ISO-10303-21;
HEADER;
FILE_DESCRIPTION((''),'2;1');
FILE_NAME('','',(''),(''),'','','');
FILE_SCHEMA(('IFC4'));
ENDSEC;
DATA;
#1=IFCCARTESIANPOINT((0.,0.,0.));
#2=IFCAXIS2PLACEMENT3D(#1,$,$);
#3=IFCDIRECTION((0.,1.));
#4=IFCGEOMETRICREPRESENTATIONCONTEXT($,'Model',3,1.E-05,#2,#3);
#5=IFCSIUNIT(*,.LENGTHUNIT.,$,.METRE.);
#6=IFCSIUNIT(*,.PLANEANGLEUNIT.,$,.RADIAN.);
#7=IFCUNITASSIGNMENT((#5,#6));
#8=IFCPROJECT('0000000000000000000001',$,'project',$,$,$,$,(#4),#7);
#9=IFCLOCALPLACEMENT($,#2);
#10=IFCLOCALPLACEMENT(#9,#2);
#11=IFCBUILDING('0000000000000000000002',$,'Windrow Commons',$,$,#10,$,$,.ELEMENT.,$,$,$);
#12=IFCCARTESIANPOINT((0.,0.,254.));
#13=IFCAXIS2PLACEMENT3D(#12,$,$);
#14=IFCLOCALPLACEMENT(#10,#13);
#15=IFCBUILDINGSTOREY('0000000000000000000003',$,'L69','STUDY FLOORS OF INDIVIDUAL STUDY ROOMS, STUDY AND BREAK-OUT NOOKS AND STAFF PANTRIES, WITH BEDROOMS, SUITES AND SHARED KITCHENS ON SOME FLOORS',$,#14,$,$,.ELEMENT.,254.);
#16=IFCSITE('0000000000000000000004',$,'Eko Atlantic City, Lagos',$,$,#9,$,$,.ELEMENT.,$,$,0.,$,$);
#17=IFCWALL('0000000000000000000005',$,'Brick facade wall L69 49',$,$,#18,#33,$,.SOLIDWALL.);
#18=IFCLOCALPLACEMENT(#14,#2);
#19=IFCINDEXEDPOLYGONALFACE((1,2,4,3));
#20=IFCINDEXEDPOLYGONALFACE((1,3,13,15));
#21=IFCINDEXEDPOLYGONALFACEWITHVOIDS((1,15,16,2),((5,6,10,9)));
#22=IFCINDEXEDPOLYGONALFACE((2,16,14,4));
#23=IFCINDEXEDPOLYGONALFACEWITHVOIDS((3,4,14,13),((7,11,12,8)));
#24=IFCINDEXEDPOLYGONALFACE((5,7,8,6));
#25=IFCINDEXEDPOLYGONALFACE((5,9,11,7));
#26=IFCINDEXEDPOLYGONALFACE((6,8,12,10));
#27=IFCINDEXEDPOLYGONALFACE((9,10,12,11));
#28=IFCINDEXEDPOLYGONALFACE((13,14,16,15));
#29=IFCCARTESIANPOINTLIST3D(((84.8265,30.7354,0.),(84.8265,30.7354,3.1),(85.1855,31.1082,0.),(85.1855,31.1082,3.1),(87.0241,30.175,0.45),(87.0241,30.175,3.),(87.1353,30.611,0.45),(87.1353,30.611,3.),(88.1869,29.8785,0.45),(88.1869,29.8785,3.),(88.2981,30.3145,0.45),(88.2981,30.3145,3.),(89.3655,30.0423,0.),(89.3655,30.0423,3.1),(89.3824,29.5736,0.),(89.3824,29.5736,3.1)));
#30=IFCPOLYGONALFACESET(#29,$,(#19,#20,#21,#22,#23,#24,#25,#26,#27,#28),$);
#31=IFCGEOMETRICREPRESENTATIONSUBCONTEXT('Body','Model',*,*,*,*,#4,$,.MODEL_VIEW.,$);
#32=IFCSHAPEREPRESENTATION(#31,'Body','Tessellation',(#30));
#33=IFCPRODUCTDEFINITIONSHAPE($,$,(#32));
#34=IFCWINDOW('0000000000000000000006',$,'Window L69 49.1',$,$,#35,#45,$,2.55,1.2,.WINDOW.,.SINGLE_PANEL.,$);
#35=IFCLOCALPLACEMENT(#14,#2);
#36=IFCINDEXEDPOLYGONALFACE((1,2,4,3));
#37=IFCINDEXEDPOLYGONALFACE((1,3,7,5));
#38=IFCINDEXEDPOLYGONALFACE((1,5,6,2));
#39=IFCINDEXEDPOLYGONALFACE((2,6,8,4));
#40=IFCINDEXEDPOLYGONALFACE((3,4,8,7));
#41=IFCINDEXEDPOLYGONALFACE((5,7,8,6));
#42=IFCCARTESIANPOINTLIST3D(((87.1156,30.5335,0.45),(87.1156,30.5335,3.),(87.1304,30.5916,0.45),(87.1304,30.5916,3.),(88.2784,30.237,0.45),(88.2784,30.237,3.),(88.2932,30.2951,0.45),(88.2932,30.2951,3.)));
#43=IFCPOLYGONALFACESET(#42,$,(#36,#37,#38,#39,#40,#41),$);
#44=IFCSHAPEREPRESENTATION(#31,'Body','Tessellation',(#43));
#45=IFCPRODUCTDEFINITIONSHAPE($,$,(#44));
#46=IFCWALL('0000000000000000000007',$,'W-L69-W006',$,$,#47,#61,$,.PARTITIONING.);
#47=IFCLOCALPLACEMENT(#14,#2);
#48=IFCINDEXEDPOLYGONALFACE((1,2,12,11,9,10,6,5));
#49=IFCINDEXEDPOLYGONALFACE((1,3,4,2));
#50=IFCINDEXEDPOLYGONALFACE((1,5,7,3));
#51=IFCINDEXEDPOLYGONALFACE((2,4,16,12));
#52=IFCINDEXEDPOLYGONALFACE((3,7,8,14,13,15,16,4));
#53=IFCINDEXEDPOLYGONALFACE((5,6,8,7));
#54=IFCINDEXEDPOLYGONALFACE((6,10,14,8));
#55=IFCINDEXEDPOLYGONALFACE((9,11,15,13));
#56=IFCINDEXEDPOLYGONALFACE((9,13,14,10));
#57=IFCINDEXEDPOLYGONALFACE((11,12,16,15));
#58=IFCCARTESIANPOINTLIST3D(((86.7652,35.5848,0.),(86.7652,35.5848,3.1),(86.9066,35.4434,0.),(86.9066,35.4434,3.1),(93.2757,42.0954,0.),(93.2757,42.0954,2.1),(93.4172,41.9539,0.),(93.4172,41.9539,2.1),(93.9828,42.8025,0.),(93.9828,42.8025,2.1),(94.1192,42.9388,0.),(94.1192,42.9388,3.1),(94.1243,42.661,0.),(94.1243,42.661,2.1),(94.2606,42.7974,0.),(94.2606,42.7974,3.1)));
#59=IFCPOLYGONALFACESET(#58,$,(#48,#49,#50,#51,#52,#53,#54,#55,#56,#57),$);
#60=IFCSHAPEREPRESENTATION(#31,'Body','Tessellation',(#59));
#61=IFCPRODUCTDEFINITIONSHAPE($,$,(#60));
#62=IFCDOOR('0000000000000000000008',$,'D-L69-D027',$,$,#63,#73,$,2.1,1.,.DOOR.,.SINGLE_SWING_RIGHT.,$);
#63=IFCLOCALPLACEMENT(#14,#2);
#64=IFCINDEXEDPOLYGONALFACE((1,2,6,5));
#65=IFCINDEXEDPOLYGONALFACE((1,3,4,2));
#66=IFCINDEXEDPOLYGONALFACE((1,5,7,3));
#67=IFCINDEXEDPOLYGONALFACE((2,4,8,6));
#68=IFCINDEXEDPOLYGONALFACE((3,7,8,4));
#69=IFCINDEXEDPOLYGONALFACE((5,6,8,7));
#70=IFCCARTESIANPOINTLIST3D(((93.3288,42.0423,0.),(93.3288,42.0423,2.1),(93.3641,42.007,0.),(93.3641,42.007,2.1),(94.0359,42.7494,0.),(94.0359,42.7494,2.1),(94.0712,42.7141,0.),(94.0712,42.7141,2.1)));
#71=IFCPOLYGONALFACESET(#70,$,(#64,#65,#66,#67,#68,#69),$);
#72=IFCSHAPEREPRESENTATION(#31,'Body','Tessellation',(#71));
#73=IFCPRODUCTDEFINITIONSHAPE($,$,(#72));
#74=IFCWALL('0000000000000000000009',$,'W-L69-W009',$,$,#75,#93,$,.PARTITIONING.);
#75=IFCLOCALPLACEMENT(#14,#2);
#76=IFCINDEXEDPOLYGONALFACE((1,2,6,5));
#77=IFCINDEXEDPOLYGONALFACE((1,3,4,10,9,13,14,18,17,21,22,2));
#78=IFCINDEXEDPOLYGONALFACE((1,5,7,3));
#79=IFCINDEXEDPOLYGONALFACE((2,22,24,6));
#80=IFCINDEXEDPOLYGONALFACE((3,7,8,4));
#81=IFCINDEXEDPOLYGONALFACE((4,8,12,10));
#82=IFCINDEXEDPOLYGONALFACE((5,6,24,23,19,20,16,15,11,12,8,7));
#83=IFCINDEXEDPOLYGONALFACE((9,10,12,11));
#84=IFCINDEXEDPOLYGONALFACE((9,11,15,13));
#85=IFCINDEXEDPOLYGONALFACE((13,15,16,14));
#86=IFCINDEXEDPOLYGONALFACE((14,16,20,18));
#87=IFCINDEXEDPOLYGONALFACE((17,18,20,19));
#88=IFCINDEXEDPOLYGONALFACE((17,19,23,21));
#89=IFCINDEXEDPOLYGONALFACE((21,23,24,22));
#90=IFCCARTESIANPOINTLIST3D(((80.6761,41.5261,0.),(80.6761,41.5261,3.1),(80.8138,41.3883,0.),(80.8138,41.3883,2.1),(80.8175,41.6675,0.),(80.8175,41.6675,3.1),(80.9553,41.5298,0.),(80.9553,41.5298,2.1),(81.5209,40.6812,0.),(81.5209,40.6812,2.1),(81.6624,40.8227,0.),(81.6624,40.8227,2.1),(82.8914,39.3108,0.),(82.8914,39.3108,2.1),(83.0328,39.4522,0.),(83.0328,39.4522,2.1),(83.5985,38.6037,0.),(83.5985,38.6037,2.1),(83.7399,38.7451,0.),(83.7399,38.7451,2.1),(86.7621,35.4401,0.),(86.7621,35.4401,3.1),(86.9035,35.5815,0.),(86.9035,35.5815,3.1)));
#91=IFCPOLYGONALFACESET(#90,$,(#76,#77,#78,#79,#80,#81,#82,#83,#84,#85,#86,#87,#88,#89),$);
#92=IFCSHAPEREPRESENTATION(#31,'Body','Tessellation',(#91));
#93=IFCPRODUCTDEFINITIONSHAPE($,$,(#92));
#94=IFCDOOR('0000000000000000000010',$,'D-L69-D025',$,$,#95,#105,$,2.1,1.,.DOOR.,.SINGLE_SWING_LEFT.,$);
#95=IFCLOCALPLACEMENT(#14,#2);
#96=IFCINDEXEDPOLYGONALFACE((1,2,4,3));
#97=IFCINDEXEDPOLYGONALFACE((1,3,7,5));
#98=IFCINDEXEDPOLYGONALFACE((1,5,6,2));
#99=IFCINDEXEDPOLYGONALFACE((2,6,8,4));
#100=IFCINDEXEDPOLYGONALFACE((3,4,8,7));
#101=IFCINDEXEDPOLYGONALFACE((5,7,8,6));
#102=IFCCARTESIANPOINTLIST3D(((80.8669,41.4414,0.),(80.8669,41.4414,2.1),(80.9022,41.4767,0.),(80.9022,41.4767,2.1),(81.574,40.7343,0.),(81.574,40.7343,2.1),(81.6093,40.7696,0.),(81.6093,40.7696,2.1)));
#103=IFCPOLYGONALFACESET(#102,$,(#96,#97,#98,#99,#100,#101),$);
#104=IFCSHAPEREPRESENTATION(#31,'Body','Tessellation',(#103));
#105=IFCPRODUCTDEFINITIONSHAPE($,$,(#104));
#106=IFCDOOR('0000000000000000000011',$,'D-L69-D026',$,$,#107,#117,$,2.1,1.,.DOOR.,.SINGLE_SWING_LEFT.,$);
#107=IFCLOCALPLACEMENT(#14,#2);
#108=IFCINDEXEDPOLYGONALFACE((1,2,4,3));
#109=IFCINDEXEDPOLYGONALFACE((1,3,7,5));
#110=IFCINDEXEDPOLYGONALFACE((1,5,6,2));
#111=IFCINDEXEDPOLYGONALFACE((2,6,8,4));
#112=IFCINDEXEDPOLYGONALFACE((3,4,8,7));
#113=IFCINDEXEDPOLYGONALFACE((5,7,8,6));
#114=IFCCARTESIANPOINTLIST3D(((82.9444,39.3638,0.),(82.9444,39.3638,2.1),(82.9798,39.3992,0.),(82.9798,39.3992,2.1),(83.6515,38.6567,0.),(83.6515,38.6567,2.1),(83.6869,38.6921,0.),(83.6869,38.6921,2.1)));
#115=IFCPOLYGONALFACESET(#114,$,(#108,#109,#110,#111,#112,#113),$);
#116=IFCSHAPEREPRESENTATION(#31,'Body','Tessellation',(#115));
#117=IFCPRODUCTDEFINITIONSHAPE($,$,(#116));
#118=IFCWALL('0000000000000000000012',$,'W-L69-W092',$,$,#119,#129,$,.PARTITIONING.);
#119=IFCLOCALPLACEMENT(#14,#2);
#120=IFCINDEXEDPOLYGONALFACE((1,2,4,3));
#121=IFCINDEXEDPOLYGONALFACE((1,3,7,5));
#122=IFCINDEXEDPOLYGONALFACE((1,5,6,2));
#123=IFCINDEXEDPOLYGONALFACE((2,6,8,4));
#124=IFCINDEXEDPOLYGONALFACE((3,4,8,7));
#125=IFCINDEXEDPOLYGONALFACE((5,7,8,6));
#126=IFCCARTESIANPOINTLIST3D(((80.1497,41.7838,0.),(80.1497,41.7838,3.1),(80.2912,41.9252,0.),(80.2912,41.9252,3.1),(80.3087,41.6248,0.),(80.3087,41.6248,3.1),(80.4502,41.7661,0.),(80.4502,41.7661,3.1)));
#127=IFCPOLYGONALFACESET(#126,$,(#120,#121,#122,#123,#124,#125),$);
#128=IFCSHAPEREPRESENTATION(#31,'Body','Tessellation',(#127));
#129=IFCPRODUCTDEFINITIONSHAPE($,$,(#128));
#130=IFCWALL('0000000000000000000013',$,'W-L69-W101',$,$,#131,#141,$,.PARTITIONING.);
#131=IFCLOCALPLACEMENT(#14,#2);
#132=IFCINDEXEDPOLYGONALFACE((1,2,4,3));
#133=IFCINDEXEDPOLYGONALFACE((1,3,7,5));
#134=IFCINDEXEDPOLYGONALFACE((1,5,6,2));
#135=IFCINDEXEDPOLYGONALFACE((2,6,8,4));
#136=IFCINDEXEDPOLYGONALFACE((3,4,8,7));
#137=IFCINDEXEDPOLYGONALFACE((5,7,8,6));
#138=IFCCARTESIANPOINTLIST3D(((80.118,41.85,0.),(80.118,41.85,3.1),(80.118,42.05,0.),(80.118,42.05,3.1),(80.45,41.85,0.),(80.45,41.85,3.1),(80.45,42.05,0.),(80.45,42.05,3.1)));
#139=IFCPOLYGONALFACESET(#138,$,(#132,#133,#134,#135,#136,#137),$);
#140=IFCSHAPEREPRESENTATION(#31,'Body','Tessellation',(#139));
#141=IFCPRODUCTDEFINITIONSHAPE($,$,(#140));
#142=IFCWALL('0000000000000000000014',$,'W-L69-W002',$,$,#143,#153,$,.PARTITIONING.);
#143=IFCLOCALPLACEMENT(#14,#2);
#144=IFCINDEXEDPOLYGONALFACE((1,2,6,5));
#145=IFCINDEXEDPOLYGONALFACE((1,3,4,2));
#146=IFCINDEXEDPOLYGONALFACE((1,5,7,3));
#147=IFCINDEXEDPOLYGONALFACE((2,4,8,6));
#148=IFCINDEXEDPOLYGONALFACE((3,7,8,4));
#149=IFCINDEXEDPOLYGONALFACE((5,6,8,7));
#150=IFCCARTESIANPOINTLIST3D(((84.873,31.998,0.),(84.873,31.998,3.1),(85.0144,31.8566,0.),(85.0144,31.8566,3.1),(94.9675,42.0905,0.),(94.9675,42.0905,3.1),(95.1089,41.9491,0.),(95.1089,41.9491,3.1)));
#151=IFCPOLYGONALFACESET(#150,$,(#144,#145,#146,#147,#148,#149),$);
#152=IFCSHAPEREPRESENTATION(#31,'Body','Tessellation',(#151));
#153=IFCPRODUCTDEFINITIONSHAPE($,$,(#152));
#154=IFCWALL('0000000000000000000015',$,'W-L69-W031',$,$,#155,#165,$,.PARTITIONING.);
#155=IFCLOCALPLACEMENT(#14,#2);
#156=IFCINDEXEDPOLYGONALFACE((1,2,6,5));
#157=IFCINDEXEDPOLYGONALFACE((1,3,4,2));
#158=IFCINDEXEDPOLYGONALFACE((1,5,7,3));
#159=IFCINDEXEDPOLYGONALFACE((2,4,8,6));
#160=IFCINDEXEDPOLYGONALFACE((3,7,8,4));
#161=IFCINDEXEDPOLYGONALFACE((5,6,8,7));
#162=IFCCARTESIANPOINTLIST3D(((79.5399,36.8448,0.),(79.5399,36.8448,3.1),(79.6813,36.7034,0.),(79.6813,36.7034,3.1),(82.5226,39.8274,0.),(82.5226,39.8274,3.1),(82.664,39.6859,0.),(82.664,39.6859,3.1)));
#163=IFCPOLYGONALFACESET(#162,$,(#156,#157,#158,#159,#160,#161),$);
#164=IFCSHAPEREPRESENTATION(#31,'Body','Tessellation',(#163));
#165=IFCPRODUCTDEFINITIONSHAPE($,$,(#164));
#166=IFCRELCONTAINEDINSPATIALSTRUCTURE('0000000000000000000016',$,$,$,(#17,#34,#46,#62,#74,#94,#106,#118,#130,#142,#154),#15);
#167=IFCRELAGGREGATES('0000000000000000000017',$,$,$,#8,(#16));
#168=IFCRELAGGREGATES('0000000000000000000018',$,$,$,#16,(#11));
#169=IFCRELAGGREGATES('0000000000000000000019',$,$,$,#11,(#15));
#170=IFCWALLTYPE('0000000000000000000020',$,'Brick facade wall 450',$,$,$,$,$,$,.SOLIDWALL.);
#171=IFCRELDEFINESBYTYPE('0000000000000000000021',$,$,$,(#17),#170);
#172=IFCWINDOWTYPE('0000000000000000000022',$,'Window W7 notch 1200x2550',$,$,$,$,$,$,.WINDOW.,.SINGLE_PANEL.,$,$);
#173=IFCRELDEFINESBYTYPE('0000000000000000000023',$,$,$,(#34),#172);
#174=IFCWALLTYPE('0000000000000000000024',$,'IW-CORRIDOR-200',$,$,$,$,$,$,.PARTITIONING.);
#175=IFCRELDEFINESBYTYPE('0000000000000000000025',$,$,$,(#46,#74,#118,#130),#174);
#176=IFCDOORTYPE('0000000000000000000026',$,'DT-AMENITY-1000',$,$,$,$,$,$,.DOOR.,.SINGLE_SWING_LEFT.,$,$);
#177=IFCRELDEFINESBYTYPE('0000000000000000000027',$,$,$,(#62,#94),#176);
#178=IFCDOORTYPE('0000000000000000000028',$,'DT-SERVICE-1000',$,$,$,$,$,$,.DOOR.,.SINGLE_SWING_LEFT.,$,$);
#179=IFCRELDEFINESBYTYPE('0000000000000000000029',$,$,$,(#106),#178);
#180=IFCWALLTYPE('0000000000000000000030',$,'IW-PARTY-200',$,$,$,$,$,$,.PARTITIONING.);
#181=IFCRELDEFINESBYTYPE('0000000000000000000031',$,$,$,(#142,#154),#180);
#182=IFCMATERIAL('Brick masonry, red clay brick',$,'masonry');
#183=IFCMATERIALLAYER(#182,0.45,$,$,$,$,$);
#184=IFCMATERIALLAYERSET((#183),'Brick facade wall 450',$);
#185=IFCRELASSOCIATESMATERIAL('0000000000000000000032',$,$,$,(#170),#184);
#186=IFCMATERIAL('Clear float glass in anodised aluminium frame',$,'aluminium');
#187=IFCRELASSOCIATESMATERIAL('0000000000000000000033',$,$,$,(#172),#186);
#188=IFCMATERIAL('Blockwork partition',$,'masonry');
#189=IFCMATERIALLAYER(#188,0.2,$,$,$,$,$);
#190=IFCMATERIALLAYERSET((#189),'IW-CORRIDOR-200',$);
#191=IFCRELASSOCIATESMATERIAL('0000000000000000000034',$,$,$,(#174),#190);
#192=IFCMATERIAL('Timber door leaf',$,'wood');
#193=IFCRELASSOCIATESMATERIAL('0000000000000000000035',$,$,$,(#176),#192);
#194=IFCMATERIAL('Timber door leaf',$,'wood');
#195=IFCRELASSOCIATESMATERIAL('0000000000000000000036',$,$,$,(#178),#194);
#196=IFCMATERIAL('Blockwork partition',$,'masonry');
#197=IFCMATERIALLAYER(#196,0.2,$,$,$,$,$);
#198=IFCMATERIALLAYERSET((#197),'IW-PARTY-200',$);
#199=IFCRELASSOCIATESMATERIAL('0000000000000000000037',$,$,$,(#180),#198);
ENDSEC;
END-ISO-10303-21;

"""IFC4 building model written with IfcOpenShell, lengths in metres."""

from ifc_helpers import new_model, si_unit, direction, frame, frame_2d, origin, place, context, subcontext, project, spatial, polyline, rectangle, outline, extrude, material, layer, layer_set, type_object, element, fill, save


model = new_model("IFC4")

# Units and contexts
model_context = context("Model", 3, precision=1e-05, world=origin(), true_north=direction((0.0, 1.0)))
body_context = subcontext(model_context, "Body", "Model", "MODEL_VIEW")
ifc_project = project(units=[si_unit("LENGTHUNIT", "METRE"), si_unit("PLANEANGLEUNIT", "RADIAN")], contexts=[model_context])

# Site, building, storey
site_placement = place(None, origin())
site = spatial("IfcSite", under=ifc_project, at=site_placement, Name="Eko Atlantic City, Lagos", CompositionType="ELEMENT", RefElevation=0.0)
building_placement = place(site_placement, origin())
building = spatial("IfcBuilding", under=site, at=building_placement, Name="Windrow Commons", CompositionType="ELEMENT")
storey_placement = place(building_placement, frame((0.0, 0.0, 254.0)))
storey = spatial("IfcBuildingStorey", under=building, at=storey_placement, Name="L69", Description="STUDY FLOORS OF INDIVIDUAL STUDY ROOMS, STUDY AND BREAK-OUT NOOKS AND STAFF PANTRIES, WITH BEDROOMS, SUITES AND SHARED KITCHENS ON SOME FLOORS", CompositionType="ELEMENT", Elevation=254.0)

# Shared definitions
ifc_material_1 = material(Name="Brick masonry, red clay brick", Category="masonry")
ifc_layer_1 = layer(ifc_material_1, 0.45)
ifc_layer_set_1 = layer_set([ifc_layer_1], Name="Brick facade wall 450")
wall_type_1 = type_object("IfcWallType", Name="Brick facade wall 450", PredefinedType="SOLIDWALL", material=ifc_layer_set_1)
ifc_material_2 = material(Name="Clear float glass in anodised aluminium frame", Category="aluminium")
window_type_1 = type_object("IfcWindowType", Name="Window W7 notch 1200x2550", PartitioningType="SINGLE_PANEL", PredefinedType="WINDOW", material=ifc_material_2)

# Wall, opening, window
wall_1_placement = place(storey_placement, frame((85.006, 30.9218, 0.0), z_axis=(0.0, 0.0, 1.0), x_axis=(0.968993, -0.24709, 0.0)))
wall_1 = element("IfcWall", 1, at=wall_1_placement, inside=storey, type_object=wall_type_1, Name="Brick facade wall L69 49", PredefinedType="SOLIDWALL", context=body_context, shape_type="SweptSolid", body=[
    extrude(outline(polyline([(-0.1279, -0.225), (4.5738, -0.225), (4.4416, 0.225), (0.1279, 0.225), (-0.1279, -0.225)])), origin(), (0.0, 0.0, 1.0), 3.1),
])
opening_1_placement = place(wall_1_placement, frame((2.1401, 0.0, 0.45)))
opening_1 = element("IfcOpeningElement", 2, at=opening_1_placement, cuts=wall_1, PredefinedType="OPENING", context=body_context, shape_type="SweptSolid", body=[
    extrude(rectangle(XDim=1.2, YDim=2.55, at=frame_2d((0.6, 1.275))), frame((0.0, 0.235, 0.0), z_axis=(0.0, -1.0, 0.0), x_axis=(1.0, 0.0, 0.0)), (0.0, 0.0, 1.0), 0.47),
])
window_1_placement = place(opening_1_placement, origin())
window_1 = element("IfcWindow", 3, at=window_1_placement, inside=storey, type_object=window_type_1, Name="Window L69 49.1", OverallHeight=2.55, OverallWidth=1.2, PartitioningType="SINGLE_PANEL", PredefinedType="WINDOW", context=body_context, shape_type="SweptSolid", body=[
    extrude(rectangle(XDim=1.2, YDim=2.55, at=frame_2d((0.6, 1.275))), frame((0.0, 0.205, 0.0), z_axis=(0.0, -1.0, 0.0), x_axis=(1.0, 0.0, 0.0)), (0.0, 0.0, 1.0), 0.06),
])
fill(opening_1, window_1)

# Wall, opening, door
ifc_material_3 = material(Name="Blockwork partition", Category="masonry")
ifc_layer_2 = layer(ifc_material_3, 0.2)
ifc_layer_set_2 = layer_set([ifc_layer_2], Name="IW-CORRIDOR-200")
wall_type_2 = type_object("IfcWallType", Name="IW-CORRIDOR-200", PredefinedType="PARTITIONING", material=ifc_layer_set_2)
wall_2_placement = place(storey_placement, frame((86.8359, 35.5141, 0.0), z_axis=(0.0, 0.0, 1.0), x_axis=(0.707107, 0.707107, 0.0)))
wall_2 = element("IfcWall", 4, at=wall_2_placement, inside=storey, type_object=wall_type_2, Name="W-L69-W006", PredefinedType="PARTITIONING", context=body_context, shape_type="SweptSolid", body=[
    extrude(rectangle(XDim=10.4001, YDim=0.2, at=frame_2d((5.2001, 0.0))), origin(), (0.0, 0.0, 1.0), 3.1),
])
opening_2_placement = place(wall_2_placement, frame((9.2073, 0.0, 0.0)))
opening_2 = element("IfcOpeningElement", 5, at=opening_2_placement, cuts=wall_2, PredefinedType="OPENING", context=body_context, shape_type="SweptSolid", body=[
    extrude(rectangle(XDim=1.0, YDim=2.1, at=frame_2d((0.5, 1.05))), frame((0.0, 0.11, 0.0), z_axis=(0.0, -1.0, 0.0), x_axis=(1.0, 0.0, 0.0)), (0.0, 0.0, 1.0), 0.22),
])
ifc_material_4 = material(Name="Timber door leaf", Category="wood")
door_type_1 = type_object("IfcDoorType", Name="DT-AMENITY-1000", OperationType="SINGLE_SWING_LEFT", PredefinedType="DOOR", material=ifc_material_4)
door_1_placement = place(opening_2_placement, origin())
door_1 = element("IfcDoor", 6, at=door_1_placement, inside=storey, type_object=door_type_1, Name="D-L69-D027", OperationType="SINGLE_SWING_RIGHT", OverallHeight=2.1, OverallWidth=1.0, PredefinedType="DOOR", context=body_context, shape_type="SweptSolid", body=[
    extrude(rectangle(XDim=1.0, YDim=2.1, at=frame_2d((0.5, 1.05))), frame((0.0, 0.025, 0.0), z_axis=(0.0, -1.0, 0.0), x_axis=(1.0, 0.0, 0.0)), (0.0, 0.0, 1.0), 0.05),
])
fill(opening_2, door_1)

# Wall, openings, doors
wall_3_placement = place(storey_placement, frame((80.7468, 41.5968, 0.0), z_axis=(0.0, 0.0, 1.0), x_axis=(0.707107, -0.707107, 0.0)))
wall_3 = element("IfcWall", 7, at=wall_3_placement, inside=storey, type_object=wall_type_2, Name="W-L69-W009", PredefinedType="PARTITIONING", context=body_context, shape_type="SweptSolid", body=[
    extrude(rectangle(XDim=8.6069, YDim=0.2, at=frame_2d((4.3034, 0.0))), origin(), (0.0, 0.0, 1.0), 3.1),
])
opening_3_placement = place(wall_3_placement, frame((0.1948, 0.0, 0.0)))
opening_3 = element("IfcOpeningElement", 8, at=opening_3_placement, cuts=wall_3, PredefinedType="OPENING", context=body_context, shape_type="SweptSolid", body=[
    extrude(rectangle(XDim=1.0, YDim=2.1, at=frame_2d((0.5, 1.05))), frame((0.0, 0.11, 0.0), z_axis=(0.0, -1.0, 0.0), x_axis=(1.0, 0.0, 0.0)), (0.0, 0.0, 1.0), 0.22),
])
opening_4_placement = place(wall_3_placement, frame((3.1329, 0.0, 0.0)))
opening_4 = element("IfcOpeningElement", 9, at=opening_4_placement, cuts=wall_3, PredefinedType="OPENING", context=body_context, shape_type="SweptSolid", body=[
    extrude(rectangle(XDim=1.0, YDim=2.1, at=frame_2d((0.5, 1.05))), frame((0.0, 0.11, 0.0), z_axis=(0.0, -1.0, 0.0), x_axis=(1.0, 0.0, 0.0)), (0.0, 0.0, 1.0), 0.22),
])
door_2_placement = place(opening_3_placement, origin())
door_2 = element("IfcDoor", 10, at=door_2_placement, inside=storey, type_object=door_type_1, Name="D-L69-D025", OperationType="SINGLE_SWING_LEFT", OverallHeight=2.1, OverallWidth=1.0, PredefinedType="DOOR", context=body_context, shape_type="SweptSolid", body=[
    extrude(rectangle(XDim=1.0, YDim=2.1, at=frame_2d((0.5, 1.05))), frame((0.0, 0.025, 0.0), z_axis=(0.0, -1.0, 0.0), x_axis=(1.0, 0.0, 0.0)), (0.0, 0.0, 1.0), 0.05),
])
fill(opening_3, door_2)
ifc_material_5 = material(Name="Timber door leaf", Category="wood")
door_type_2 = type_object("IfcDoorType", Name="DT-SERVICE-1000", OperationType="SINGLE_SWING_LEFT", PredefinedType="DOOR", material=ifc_material_5)
door_3_placement = place(opening_4_placement, origin())
door_3 = element("IfcDoor", 11, at=door_3_placement, inside=storey, type_object=door_type_2, Name="D-L69-D026", OperationType="SINGLE_SWING_LEFT", OverallHeight=2.1, OverallWidth=1.0, PredefinedType="DOOR", context=body_context, shape_type="SweptSolid", body=[
    extrude(rectangle(XDim=1.0, YDim=2.1, at=frame_2d((0.5, 1.05))), frame((0.0, 0.025, 0.0), z_axis=(0.0, -1.0, 0.0), x_axis=(1.0, 0.0, 0.0)), (0.0, 0.0, 1.0), 0.05),
])
fill(opening_4, door_3)

# Walls
wall_4_placement = place(storey_placement, frame((80.2205, 41.8545, 0.0), z_axis=(0.0, 0.0, 1.0), x_axis=(0.706884, -0.707329, 0.0)))
element("IfcWall", 12, at=wall_4_placement, inside=storey, type_object=wall_type_2, Name="W-L69-W092", PredefinedType="PARTITIONING", context=body_context, shape_type="SweptSolid", body=[
    extrude(rectangle(XDim=0.2249, YDim=0.2, at=frame_2d((0.1124, 0.0))), origin(), (0.0, 0.0, 1.0), 3.1),
])
wall_5_placement = place(storey_placement, frame((80.118, 41.95, 0.0), z_axis=(0.0, 0.0, 1.0), x_axis=(1.0, 0.0, 0.0)))
element("IfcWall", 13, at=wall_5_placement, inside=storey, type_object=wall_type_2, Name="W-L69-W101", PredefinedType="PARTITIONING", context=body_context, shape_type="SweptSolid", body=[
    extrude(rectangle(XDim=0.332, YDim=0.2, at=frame_2d((0.166, 0.0))), origin(), (0.0, 0.0, 1.0), 3.1),
])
ifc_material_6 = material(Name="Blockwork partition", Category="masonry")
ifc_layer_3 = layer(ifc_material_6, 0.2)
ifc_layer_set_3 = layer_set([ifc_layer_3], Name="IW-PARTY-200")
wall_type_3 = type_object("IfcWallType", Name="IW-PARTY-200", PredefinedType="PARTITIONING", material=ifc_layer_set_3)
wall_6_placement = place(storey_placement, frame((84.9437, 31.9273, 0.0), z_axis=(0.0, 0.0, 1.0), x_axis=(0.707177, 0.707037, 0.0)))
element("IfcWall", 14, at=wall_6_placement, inside=storey, type_object=wall_type_3, Name="W-L69-W002", PredefinedType="PARTITIONING", context=body_context, shape_type="SweptSolid", body=[
    extrude(rectangle(XDim=14.2744, YDim=0.2, at=frame_2d((7.1372, 0.0))), origin(), (0.0, 0.0, 1.0), 3.1),
])
wall_7_placement = place(storey_placement, frame((79.6106, 36.7741, 0.0), z_axis=(0.0, 0.0, 1.0), x_axis=(0.707119, 0.707095, 0.0)))
element("IfcWall", 15, at=wall_7_placement, inside=storey, type_object=wall_type_3, Name="W-L69-W031", PredefinedType="PARTITIONING", context=body_context, shape_type="SweptSolid", body=[
    extrude(rectangle(XDim=4.2181, YDim=0.2, at=frame_2d((2.109, 0.0))), origin(), (0.0, 0.0, 1.0), 3.1),
])

save(model, "model.ifc")
